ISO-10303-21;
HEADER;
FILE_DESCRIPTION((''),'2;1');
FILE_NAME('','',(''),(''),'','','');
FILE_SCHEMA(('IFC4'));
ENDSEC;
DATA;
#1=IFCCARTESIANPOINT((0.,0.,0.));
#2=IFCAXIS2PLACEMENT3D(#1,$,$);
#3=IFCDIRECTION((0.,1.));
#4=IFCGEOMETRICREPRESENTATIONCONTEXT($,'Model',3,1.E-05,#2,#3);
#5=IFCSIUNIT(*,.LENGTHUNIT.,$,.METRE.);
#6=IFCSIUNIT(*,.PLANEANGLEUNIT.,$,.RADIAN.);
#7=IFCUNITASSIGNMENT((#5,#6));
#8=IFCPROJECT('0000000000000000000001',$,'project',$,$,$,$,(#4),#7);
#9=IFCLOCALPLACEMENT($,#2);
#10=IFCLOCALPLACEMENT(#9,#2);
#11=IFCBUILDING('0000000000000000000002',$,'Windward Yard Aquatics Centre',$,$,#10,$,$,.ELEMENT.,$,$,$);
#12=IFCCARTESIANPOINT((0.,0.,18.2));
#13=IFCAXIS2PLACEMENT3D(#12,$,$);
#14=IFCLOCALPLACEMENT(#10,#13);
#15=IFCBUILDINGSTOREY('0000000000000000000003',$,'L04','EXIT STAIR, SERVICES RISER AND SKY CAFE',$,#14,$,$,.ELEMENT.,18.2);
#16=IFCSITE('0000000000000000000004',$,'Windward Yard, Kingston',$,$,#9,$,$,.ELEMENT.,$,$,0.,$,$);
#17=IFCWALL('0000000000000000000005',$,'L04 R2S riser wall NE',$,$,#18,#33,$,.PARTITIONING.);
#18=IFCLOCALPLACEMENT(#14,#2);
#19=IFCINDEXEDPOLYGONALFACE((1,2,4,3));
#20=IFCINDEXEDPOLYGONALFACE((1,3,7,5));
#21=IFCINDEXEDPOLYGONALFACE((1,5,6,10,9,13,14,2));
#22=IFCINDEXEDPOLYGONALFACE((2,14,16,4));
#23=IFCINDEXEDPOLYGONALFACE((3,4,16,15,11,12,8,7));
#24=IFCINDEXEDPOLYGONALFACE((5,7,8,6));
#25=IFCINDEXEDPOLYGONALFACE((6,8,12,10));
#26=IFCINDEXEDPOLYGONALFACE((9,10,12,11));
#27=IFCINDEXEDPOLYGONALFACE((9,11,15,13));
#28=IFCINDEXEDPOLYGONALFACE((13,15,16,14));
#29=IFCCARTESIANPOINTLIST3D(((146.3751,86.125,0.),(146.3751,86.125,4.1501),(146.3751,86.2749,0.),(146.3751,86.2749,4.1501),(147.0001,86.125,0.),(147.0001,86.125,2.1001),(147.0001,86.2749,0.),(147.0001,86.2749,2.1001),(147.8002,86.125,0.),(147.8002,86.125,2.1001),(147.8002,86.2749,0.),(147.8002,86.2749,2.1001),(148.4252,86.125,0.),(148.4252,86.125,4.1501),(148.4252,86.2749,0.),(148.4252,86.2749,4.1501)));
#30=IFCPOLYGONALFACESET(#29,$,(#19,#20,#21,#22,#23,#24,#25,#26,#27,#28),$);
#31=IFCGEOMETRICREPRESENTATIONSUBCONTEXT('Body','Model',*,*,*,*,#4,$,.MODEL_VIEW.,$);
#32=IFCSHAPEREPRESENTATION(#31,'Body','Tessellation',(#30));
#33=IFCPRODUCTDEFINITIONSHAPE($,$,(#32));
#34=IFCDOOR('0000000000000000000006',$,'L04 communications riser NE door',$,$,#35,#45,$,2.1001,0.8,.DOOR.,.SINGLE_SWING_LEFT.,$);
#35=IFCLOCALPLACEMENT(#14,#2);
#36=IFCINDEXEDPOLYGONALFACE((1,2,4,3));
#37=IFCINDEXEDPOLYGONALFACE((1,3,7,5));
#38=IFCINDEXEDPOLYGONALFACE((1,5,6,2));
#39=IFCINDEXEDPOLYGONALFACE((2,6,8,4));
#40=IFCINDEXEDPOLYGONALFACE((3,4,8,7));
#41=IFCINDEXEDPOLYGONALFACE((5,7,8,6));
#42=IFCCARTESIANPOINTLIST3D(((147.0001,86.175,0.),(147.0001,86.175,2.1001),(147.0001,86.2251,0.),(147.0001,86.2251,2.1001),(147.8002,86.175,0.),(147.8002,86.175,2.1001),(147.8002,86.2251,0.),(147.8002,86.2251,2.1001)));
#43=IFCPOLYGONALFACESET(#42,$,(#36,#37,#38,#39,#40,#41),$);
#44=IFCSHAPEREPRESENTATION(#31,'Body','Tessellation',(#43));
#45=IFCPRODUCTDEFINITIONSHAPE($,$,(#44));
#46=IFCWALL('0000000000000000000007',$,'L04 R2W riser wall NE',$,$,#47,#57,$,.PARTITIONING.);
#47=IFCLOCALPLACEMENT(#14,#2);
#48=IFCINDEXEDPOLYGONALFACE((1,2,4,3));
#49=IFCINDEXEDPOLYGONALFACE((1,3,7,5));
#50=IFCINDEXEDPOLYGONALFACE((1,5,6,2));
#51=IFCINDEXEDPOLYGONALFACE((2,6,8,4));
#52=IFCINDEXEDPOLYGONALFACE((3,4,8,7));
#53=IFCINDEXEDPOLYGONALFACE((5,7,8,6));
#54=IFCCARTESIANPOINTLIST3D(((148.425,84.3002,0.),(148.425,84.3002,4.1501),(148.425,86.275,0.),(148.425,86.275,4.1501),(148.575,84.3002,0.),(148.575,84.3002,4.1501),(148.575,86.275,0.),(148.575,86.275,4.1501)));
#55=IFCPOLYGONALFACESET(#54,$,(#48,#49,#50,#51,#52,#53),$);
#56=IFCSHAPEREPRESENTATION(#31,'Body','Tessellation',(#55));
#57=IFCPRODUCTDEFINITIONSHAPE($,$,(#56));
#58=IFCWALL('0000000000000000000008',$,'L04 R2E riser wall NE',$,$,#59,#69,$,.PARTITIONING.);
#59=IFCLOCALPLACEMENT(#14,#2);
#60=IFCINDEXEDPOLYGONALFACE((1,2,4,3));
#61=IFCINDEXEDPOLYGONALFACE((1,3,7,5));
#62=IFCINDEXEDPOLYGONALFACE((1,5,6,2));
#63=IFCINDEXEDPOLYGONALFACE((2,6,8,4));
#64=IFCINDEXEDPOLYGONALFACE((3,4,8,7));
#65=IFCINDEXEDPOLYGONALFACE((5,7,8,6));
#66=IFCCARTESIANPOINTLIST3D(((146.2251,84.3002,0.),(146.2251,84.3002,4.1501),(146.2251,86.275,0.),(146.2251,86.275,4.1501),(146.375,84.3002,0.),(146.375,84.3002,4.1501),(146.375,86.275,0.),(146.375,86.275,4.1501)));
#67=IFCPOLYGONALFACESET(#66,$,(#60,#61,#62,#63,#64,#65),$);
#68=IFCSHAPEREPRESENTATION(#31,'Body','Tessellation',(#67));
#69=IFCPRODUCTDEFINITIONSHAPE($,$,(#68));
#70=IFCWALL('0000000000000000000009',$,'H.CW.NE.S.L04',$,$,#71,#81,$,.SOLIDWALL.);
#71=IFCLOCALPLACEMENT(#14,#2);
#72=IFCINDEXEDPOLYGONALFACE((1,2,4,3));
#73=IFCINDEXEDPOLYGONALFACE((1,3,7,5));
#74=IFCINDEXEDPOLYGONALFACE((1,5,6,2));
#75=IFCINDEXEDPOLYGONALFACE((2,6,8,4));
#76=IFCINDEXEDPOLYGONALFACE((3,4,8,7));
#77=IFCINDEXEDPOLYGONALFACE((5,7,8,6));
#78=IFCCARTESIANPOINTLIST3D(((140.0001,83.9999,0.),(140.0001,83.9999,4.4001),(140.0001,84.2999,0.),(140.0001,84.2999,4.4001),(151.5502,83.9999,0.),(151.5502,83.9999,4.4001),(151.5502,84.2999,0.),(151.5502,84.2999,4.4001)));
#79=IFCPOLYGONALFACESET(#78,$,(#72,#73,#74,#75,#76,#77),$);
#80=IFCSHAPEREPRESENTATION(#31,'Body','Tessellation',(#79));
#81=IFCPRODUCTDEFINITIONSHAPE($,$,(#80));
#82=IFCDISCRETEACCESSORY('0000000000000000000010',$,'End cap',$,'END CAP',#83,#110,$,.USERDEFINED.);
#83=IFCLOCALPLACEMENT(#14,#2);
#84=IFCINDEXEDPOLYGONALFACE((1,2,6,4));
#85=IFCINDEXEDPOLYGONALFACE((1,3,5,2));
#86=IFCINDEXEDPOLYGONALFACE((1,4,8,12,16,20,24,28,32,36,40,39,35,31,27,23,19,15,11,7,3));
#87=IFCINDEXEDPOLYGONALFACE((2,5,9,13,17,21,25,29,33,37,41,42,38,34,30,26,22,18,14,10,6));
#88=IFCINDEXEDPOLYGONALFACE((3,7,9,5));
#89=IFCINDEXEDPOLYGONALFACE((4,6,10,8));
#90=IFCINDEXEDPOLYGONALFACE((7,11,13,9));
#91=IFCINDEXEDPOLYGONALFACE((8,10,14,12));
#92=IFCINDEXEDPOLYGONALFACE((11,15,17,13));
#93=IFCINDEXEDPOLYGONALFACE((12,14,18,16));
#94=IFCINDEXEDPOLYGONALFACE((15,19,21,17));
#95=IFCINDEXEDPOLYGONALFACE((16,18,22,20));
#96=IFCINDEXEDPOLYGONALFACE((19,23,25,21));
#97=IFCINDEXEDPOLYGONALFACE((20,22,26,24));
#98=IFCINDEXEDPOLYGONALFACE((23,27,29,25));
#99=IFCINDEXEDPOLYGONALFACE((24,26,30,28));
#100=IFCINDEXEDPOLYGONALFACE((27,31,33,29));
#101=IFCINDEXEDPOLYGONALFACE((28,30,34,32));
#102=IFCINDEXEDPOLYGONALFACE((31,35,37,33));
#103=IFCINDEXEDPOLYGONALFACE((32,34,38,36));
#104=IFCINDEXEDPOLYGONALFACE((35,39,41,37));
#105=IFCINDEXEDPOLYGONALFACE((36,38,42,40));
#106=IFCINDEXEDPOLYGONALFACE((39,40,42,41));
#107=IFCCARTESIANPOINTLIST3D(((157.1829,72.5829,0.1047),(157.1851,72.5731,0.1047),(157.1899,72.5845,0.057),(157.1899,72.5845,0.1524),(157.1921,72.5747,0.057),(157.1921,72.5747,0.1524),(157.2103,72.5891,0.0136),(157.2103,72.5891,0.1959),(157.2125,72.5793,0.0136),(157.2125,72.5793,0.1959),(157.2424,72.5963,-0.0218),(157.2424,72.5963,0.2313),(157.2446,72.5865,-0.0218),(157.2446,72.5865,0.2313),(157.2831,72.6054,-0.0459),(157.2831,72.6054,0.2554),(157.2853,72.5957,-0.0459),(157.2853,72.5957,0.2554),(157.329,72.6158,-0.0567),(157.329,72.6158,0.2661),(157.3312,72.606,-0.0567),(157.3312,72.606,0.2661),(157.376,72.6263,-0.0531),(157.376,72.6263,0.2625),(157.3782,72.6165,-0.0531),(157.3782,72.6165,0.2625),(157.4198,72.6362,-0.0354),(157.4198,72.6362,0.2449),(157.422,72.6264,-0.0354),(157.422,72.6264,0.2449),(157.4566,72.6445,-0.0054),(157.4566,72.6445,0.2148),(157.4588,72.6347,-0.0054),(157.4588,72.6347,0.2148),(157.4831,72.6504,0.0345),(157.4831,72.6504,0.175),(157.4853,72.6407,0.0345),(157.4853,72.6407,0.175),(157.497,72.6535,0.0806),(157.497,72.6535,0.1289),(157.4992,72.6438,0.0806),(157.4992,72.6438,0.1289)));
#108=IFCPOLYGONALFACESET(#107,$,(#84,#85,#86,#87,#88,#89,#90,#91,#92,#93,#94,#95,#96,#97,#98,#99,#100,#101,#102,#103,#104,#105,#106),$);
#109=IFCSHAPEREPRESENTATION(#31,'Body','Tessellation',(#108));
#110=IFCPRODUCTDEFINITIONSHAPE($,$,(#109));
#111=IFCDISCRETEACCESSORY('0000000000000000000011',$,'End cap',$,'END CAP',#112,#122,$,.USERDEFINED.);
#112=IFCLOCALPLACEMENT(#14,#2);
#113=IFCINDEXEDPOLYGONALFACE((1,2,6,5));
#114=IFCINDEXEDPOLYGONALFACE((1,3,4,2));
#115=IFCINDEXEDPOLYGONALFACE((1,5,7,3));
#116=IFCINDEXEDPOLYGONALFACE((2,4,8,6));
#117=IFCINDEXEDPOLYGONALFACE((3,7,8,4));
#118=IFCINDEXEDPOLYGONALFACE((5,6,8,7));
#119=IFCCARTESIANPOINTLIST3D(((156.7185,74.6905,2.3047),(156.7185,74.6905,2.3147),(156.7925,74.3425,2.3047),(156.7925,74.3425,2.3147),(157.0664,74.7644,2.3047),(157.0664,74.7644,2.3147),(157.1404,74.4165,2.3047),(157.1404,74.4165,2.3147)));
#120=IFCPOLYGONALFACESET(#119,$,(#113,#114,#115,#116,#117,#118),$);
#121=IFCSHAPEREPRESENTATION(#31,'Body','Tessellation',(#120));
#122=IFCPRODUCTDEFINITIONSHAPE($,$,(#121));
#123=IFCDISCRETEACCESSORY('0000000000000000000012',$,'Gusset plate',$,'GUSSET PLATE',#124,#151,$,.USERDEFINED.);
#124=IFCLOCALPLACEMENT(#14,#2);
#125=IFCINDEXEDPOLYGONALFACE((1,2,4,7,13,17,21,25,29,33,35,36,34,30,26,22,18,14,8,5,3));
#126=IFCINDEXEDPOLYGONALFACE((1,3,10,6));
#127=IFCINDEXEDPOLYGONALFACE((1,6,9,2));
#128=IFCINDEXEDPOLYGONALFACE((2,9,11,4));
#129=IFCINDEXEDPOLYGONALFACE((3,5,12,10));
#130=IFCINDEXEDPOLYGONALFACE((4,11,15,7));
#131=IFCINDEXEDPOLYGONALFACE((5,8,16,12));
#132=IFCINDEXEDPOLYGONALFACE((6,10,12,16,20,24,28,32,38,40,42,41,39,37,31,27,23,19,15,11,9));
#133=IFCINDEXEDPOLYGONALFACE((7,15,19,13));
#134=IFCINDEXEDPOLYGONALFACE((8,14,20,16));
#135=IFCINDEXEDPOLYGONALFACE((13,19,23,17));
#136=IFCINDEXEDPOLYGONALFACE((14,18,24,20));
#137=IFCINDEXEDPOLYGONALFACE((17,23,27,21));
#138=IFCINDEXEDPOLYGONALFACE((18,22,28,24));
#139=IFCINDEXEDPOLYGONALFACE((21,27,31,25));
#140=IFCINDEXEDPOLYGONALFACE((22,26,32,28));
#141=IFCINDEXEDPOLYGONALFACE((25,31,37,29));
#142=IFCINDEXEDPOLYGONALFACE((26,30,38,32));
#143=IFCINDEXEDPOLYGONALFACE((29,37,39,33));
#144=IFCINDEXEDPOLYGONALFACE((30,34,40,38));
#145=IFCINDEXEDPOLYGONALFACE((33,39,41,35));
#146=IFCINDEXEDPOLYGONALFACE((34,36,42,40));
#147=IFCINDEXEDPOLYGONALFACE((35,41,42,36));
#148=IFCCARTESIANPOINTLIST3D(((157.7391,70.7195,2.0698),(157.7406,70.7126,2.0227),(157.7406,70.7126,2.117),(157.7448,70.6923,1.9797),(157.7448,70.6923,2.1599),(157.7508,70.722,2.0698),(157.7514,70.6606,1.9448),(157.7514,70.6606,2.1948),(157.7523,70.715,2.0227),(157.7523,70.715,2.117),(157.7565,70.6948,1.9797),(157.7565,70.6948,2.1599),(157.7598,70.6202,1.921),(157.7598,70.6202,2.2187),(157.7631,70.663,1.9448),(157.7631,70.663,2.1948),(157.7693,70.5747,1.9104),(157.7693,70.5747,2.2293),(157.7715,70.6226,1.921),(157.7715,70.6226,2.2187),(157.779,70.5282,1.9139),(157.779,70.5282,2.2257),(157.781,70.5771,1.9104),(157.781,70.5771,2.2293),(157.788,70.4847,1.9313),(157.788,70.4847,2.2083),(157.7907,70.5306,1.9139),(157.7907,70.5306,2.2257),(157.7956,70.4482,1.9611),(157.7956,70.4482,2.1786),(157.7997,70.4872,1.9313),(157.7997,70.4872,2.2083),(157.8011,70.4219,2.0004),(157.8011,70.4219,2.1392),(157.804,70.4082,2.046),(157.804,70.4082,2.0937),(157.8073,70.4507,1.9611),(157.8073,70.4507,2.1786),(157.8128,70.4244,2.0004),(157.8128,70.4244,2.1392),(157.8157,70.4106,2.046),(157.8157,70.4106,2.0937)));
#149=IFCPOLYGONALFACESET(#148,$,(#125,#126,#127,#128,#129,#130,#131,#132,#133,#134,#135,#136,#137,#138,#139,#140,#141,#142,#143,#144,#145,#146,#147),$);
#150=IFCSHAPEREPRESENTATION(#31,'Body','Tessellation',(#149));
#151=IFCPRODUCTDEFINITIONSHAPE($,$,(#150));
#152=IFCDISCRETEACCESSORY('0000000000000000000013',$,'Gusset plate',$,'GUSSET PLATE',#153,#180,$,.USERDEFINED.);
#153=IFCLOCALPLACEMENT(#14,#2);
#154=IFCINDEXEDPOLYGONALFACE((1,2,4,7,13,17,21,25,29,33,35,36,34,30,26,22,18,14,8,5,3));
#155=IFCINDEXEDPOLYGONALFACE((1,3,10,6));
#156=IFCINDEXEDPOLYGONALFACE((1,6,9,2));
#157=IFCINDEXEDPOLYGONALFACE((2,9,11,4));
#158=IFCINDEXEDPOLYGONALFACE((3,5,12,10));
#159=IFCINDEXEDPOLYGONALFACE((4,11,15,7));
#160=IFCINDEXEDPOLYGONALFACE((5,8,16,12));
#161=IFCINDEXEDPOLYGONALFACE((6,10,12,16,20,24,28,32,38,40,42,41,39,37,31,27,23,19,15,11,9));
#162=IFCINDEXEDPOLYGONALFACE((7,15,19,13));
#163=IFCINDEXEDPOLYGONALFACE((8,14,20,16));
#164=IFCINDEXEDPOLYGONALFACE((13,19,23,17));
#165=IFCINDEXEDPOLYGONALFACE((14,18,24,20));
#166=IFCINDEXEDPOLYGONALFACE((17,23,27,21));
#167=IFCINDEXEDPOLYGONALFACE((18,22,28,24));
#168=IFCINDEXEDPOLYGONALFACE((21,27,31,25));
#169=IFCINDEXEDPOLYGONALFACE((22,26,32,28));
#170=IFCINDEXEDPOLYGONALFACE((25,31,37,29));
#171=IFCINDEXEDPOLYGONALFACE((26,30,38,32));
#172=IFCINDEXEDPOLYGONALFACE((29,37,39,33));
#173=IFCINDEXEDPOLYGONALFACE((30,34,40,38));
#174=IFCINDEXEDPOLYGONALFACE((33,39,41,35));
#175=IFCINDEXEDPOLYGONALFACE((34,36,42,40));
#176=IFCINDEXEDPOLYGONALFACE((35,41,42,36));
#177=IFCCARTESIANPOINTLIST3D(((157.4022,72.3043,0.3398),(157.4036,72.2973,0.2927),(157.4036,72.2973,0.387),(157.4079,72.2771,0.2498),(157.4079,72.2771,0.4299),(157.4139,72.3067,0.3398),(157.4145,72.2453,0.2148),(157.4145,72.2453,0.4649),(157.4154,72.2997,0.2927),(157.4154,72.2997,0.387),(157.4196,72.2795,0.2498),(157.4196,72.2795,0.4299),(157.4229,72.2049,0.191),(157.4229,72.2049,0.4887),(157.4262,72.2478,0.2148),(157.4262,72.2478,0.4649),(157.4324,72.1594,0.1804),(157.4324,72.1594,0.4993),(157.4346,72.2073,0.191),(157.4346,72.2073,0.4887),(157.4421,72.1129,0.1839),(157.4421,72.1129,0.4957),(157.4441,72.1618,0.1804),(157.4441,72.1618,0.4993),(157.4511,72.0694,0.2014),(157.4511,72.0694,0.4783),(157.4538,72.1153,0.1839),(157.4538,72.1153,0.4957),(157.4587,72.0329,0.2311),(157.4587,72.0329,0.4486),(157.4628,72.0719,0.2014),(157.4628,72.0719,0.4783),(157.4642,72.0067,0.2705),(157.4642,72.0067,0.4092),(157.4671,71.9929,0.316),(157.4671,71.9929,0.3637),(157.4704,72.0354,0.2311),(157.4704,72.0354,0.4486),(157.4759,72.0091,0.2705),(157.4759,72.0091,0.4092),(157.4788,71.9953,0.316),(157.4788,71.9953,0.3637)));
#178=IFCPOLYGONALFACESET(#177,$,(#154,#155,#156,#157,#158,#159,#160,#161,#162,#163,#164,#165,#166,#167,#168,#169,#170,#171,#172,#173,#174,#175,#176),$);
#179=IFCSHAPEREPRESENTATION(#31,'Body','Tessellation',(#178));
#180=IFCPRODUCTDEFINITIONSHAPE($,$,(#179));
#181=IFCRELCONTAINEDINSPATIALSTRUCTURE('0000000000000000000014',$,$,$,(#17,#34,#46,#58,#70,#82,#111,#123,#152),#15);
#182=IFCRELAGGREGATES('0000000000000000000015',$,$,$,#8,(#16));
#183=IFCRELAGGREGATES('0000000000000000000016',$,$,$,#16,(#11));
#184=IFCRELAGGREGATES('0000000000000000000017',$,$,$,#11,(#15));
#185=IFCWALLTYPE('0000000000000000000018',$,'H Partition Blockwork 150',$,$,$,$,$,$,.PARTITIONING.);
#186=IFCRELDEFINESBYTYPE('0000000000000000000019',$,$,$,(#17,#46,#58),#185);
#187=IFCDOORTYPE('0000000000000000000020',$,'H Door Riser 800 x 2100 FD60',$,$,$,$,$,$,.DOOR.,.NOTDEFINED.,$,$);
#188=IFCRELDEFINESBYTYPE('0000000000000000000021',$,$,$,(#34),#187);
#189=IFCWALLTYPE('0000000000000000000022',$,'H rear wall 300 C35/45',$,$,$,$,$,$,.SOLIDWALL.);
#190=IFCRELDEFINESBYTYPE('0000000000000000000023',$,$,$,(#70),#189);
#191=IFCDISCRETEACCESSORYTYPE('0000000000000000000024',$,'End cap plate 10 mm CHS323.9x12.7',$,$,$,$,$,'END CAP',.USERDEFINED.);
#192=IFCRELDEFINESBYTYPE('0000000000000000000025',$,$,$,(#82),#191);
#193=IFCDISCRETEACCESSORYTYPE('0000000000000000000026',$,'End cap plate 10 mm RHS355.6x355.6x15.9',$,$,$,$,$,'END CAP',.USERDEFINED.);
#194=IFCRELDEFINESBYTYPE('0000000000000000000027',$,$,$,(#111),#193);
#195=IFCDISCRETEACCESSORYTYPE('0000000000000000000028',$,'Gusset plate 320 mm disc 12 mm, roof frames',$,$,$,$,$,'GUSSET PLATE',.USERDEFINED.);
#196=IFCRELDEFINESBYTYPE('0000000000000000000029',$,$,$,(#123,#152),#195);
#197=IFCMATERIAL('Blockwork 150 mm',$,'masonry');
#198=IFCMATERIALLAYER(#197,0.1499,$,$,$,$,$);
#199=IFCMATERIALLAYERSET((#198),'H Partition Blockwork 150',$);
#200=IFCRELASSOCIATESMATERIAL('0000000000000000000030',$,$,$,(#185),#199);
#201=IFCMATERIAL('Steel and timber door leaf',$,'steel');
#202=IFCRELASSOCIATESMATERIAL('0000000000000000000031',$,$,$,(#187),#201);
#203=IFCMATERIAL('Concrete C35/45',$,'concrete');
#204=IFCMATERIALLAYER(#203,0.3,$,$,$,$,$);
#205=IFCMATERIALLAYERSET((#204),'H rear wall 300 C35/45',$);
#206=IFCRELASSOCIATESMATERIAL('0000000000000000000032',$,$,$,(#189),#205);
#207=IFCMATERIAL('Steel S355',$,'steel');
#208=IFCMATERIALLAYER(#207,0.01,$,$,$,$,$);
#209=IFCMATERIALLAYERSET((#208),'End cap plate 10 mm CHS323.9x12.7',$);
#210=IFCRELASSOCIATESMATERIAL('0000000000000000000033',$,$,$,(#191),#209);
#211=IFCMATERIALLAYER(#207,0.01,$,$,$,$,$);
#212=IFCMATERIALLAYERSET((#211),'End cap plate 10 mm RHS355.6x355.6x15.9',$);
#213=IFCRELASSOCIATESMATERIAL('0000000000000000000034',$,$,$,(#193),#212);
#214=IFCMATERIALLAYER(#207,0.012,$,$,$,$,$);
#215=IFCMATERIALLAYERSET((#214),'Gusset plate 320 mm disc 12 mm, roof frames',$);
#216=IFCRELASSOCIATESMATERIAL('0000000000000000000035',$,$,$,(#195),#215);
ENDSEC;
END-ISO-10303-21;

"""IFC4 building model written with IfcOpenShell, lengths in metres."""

from ifc_helpers import new_model, si_unit, direction, frame, frame_2d, origin, origin_2d, place, context, subcontext, project, spatial, rectangle, circle, extrude, material, layer, layer_set, type_object, element, fill, save


model = new_model("IFC4")

# Units and contexts
model_context = context("Model", 3, precision=1e-05, world=origin(), true_north=direction((0.0, 1.0)))
body_context = subcontext(model_context, "Body", "Model", "MODEL_VIEW")
ifc_project = project(units=[si_unit("LENGTHUNIT", "METRE"), si_unit("PLANEANGLEUNIT", "RADIAN")], contexts=[model_context])

# Site, building, storey
site_placement = place(None, origin())
site = spatial("IfcSite", under=ifc_project, at=site_placement, Name="Windward Yard, Kingston", CompositionType="ELEMENT", RefElevation=0.0)
building_placement = place(site_placement, origin())
building = spatial("IfcBuilding", under=site, at=building_placement, Name="Windward Yard Aquatics Centre", CompositionType="ELEMENT")
storey_placement = place(building_placement, frame((0.0, 0.0, 18.2)))
storey = spatial("IfcBuildingStorey", under=building, at=storey_placement, Name="L04", Description="EXIT STAIR, SERVICES RISER AND SKY CAFE", CompositionType="ELEMENT", Elevation=18.2)

# Shared definitions
ifc_material_1 = material(Name="Concrete C35/45", Category="concrete")

# Wall, opening, door
ifc_material_2 = material(Name="Blockwork 150 mm", Category="masonry")
ifc_layer_1 = layer(ifc_material_2, 0.1499)
ifc_layer_set_1 = layer_set([ifc_layer_1], Name="H Partition Blockwork 150")
wall_type_1 = type_object("IfcWallType", Name="H Partition Blockwork 150", PredefinedType="PARTITIONING", material=ifc_layer_set_1)
wall_1_placement = place(storey_placement, frame((148.425, 86.2, 0.0), z_axis=(0.0, 0.0, 1.0), x_axis=(-1.0, 0.0, 0.0)))
wall_1 = element("IfcWall", 1, at=wall_1_placement, inside=storey, type_object=wall_type_1, Name="L04 R2S riser wall NE", PredefinedType="PARTITIONING", context=body_context, shape_type="SweptSolid", body=[
    extrude(rectangle(XDim=2.05, YDim=0.1499, at=frame_2d((1.0249, 0.0))), origin(), (0.0, 0.0, 1.0), 4.1501),
])
opening_placement = place(wall_1_placement, frame((0.625, 0.0, 0.0)))
opening = element("IfcOpeningElement", 2, at=opening_placement, cuts=wall_1, PredefinedType="OPENING", context=body_context, shape_type="SweptSolid", body=[
    extrude(rectangle(XDim=0.8, YDim=2.1001, at=frame_2d((0.3999, 1.05))), frame((0.0, 0.085, 0.0), z_axis=(0.0, -1.0, 0.0), x_axis=(1.0, 0.0, 0.0)), (0.0, 0.0, 1.0), 0.1699),
])
ifc_material_3 = material(Name="Steel and timber door leaf", Category="steel")
door_type = type_object("IfcDoorType", Name="H Door Riser 800 x 2100 FD60", OperationType="NOTDEFINED", PredefinedType="DOOR", material=ifc_material_3)
door_placement = place(opening_placement, origin())
door = element("IfcDoor", 3, at=door_placement, inside=storey, type_object=door_type, Name="L04 communications riser NE door", OperationType="SINGLE_SWING_LEFT", OverallHeight=2.1001, OverallWidth=0.8, PredefinedType="DOOR", context=body_context, shape_type="SweptSolid", body=[
    extrude(rectangle(XDim=0.8, YDim=2.1001, at=frame_2d((0.3999, 1.05))), frame((0.0, 0.0249, 0.0), z_axis=(0.0, -1.0, 0.0), x_axis=(1.0, 0.0, 0.0)), (0.0, 0.0, 1.0), 0.05),
])
fill(opening, door)

# Walls
for number, where, z_axis, x_axis, name in (
    (4, (148.5, 86.2749, 0.0), (0.0, 0.0, 1.0), (0.0, -1.0, 0.0), "L04 R2W riser wall NE"),
    (5, (146.3, 86.2749, 0.0), (0.0, 0.0, 1.0), (0.0, -1.0, 0.0), "L04 R2E riser wall NE"),
):
    element("IfcWall", number, at=place(storey_placement, frame(where, z_axis=z_axis, x_axis=x_axis)), inside=storey, type_object=wall_type_1, Name=name, PredefinedType="PARTITIONING", context=body_context, shape_type="SweptSolid", body=[
        extrude(rectangle(XDim=1.9749, YDim=0.1499, at=frame_2d((0.9873, 0.0))), origin(), (0.0, 0.0, 1.0), 4.1501),
    ])
ifc_layer_2 = layer(ifc_material_1, 0.3)
ifc_layer_set_2 = layer_set([ifc_layer_2], Name="H rear wall 300 C35/45")
wall_type_2 = type_object("IfcWallType", Name="H rear wall 300 C35/45", PredefinedType="SOLIDWALL", material=ifc_layer_set_2)
wall_2_placement = place(storey_placement, frame((151.55, 84.1499, 0.0), z_axis=(0.0, 0.0, 1.0), x_axis=(-1.0, 0.0, 0.0)))
element("IfcWall", 6, at=wall_2_placement, inside=storey, type_object=wall_type_2, Name="H.CW.NE.S.L04", PredefinedType="SOLIDWALL", context=body_context, shape_type="SweptSolid", body=[
    extrude(rectangle(XDim=11.55, YDim=0.3, at=frame_2d((5.7749, 0.0))), origin(), (0.0, 0.0, 1.0), 4.4001),
])

# Discrete accessories
ifc_material_4 = material(Name="Steel S355", Category="steel")
ifc_layer_3 = layer(ifc_material_4, 0.01)
ifc_layer_set_3 = layer_set([ifc_layer_3], Name="End cap plate 10 mm CHS323.9x12.7")
discrete_accessory_type_1 = type_object("IfcDiscreteAccessoryType", Name="End cap plate 10 mm CHS323.9x12.7", ElementType="END CAP", PredefinedType="USERDEFINED", material=ifc_layer_set_3)
discrete_accessory_1_placement = place(storey_placement, frame((157.343, 72.6086, 0.1047), z_axis=(-0.219512, 0.97561, 0.0), x_axis=(-0.97561, -0.219512, 0.0)))
element("IfcDiscreteAccessory", 7, at=discrete_accessory_1_placement, inside=storey, type_object=discrete_accessory_type_1, Name="End cap", ObjectType="END CAP", PredefinedType="USERDEFINED", context=body_context, shape_type="SweptSolid", body=[
    extrude(circle(Radius=0.1619, at=origin_2d()), origin(), (0.0, 0.0, 1.0), 0.01),
])
ifc_layer_4 = layer(ifc_material_4, 0.01)
ifc_layer_set_4 = layer_set([ifc_layer_4], Name="End cap plate 10 mm RHS355.6x355.6x15.9")
discrete_accessory_type_2 = type_object("IfcDiscreteAccessoryType", Name="End cap plate 10 mm RHS355.6x355.6x15.9", ElementType="END CAP", PredefinedType="USERDEFINED", material=ifc_layer_set_4)
discrete_accessory_2_placement = place(storey_placement, frame((156.9294, 74.5535, 2.3047), z_axis=(0.0, 0.0, 1.0), x_axis=(0.978148, 0.207912, 0.0)))
element("IfcDiscreteAccessory", 8, at=discrete_accessory_2_placement, inside=storey, type_object=discrete_accessory_type_2, Name="End cap", ObjectType="END CAP", PredefinedType="USERDEFINED", context=body_context, shape_type="SweptSolid", body=[
    extrude(rectangle(XDim=0.3557, YDim=0.3557, at=origin_2d()), origin(), (0.0, 0.0, 1.0), 0.01),
])
ifc_layer_5 = layer(ifc_material_4, 0.012)
ifc_layer_set_5 = layer_set([ifc_layer_5], Name="Gusset plate 320 mm disc 12 mm, roof frames")
discrete_accessory_type_3 = type_object("IfcDiscreteAccessoryType", Name="Gusset plate 320 mm disc 12 mm, roof frames", ElementType="GUSSET PLATE", PredefinedType="USERDEFINED", material=ifc_layer_set_5)
for number, where, z_axis, x_axis, name in (
    (9, (157.7717, 70.563, 2.0698), (0.97898, 0.203954, 0.0), (-0.203954, 0.97898, 0.0), "Gusset plate"),
    (10, (157.4348, 72.1477, 0.3398), (0.97898, 0.203954, 0.0), (-0.203954, 0.97898, 0.0), "Gusset plate"),
):
    element("IfcDiscreteAccessory", number, at=place(storey_placement, frame(where, z_axis=z_axis, x_axis=x_axis)), inside=storey, type_object=discrete_accessory_type_3, Name=name, ObjectType="GUSSET PLATE", PredefinedType="USERDEFINED", context=body_context, shape_type="SweptSolid", body=[
        extrude(circle(Radius=0.1599, at=origin_2d()), origin(), (0.0, 0.0, 1.0), 0.012),
    ])

save(model, "model.ifc")
